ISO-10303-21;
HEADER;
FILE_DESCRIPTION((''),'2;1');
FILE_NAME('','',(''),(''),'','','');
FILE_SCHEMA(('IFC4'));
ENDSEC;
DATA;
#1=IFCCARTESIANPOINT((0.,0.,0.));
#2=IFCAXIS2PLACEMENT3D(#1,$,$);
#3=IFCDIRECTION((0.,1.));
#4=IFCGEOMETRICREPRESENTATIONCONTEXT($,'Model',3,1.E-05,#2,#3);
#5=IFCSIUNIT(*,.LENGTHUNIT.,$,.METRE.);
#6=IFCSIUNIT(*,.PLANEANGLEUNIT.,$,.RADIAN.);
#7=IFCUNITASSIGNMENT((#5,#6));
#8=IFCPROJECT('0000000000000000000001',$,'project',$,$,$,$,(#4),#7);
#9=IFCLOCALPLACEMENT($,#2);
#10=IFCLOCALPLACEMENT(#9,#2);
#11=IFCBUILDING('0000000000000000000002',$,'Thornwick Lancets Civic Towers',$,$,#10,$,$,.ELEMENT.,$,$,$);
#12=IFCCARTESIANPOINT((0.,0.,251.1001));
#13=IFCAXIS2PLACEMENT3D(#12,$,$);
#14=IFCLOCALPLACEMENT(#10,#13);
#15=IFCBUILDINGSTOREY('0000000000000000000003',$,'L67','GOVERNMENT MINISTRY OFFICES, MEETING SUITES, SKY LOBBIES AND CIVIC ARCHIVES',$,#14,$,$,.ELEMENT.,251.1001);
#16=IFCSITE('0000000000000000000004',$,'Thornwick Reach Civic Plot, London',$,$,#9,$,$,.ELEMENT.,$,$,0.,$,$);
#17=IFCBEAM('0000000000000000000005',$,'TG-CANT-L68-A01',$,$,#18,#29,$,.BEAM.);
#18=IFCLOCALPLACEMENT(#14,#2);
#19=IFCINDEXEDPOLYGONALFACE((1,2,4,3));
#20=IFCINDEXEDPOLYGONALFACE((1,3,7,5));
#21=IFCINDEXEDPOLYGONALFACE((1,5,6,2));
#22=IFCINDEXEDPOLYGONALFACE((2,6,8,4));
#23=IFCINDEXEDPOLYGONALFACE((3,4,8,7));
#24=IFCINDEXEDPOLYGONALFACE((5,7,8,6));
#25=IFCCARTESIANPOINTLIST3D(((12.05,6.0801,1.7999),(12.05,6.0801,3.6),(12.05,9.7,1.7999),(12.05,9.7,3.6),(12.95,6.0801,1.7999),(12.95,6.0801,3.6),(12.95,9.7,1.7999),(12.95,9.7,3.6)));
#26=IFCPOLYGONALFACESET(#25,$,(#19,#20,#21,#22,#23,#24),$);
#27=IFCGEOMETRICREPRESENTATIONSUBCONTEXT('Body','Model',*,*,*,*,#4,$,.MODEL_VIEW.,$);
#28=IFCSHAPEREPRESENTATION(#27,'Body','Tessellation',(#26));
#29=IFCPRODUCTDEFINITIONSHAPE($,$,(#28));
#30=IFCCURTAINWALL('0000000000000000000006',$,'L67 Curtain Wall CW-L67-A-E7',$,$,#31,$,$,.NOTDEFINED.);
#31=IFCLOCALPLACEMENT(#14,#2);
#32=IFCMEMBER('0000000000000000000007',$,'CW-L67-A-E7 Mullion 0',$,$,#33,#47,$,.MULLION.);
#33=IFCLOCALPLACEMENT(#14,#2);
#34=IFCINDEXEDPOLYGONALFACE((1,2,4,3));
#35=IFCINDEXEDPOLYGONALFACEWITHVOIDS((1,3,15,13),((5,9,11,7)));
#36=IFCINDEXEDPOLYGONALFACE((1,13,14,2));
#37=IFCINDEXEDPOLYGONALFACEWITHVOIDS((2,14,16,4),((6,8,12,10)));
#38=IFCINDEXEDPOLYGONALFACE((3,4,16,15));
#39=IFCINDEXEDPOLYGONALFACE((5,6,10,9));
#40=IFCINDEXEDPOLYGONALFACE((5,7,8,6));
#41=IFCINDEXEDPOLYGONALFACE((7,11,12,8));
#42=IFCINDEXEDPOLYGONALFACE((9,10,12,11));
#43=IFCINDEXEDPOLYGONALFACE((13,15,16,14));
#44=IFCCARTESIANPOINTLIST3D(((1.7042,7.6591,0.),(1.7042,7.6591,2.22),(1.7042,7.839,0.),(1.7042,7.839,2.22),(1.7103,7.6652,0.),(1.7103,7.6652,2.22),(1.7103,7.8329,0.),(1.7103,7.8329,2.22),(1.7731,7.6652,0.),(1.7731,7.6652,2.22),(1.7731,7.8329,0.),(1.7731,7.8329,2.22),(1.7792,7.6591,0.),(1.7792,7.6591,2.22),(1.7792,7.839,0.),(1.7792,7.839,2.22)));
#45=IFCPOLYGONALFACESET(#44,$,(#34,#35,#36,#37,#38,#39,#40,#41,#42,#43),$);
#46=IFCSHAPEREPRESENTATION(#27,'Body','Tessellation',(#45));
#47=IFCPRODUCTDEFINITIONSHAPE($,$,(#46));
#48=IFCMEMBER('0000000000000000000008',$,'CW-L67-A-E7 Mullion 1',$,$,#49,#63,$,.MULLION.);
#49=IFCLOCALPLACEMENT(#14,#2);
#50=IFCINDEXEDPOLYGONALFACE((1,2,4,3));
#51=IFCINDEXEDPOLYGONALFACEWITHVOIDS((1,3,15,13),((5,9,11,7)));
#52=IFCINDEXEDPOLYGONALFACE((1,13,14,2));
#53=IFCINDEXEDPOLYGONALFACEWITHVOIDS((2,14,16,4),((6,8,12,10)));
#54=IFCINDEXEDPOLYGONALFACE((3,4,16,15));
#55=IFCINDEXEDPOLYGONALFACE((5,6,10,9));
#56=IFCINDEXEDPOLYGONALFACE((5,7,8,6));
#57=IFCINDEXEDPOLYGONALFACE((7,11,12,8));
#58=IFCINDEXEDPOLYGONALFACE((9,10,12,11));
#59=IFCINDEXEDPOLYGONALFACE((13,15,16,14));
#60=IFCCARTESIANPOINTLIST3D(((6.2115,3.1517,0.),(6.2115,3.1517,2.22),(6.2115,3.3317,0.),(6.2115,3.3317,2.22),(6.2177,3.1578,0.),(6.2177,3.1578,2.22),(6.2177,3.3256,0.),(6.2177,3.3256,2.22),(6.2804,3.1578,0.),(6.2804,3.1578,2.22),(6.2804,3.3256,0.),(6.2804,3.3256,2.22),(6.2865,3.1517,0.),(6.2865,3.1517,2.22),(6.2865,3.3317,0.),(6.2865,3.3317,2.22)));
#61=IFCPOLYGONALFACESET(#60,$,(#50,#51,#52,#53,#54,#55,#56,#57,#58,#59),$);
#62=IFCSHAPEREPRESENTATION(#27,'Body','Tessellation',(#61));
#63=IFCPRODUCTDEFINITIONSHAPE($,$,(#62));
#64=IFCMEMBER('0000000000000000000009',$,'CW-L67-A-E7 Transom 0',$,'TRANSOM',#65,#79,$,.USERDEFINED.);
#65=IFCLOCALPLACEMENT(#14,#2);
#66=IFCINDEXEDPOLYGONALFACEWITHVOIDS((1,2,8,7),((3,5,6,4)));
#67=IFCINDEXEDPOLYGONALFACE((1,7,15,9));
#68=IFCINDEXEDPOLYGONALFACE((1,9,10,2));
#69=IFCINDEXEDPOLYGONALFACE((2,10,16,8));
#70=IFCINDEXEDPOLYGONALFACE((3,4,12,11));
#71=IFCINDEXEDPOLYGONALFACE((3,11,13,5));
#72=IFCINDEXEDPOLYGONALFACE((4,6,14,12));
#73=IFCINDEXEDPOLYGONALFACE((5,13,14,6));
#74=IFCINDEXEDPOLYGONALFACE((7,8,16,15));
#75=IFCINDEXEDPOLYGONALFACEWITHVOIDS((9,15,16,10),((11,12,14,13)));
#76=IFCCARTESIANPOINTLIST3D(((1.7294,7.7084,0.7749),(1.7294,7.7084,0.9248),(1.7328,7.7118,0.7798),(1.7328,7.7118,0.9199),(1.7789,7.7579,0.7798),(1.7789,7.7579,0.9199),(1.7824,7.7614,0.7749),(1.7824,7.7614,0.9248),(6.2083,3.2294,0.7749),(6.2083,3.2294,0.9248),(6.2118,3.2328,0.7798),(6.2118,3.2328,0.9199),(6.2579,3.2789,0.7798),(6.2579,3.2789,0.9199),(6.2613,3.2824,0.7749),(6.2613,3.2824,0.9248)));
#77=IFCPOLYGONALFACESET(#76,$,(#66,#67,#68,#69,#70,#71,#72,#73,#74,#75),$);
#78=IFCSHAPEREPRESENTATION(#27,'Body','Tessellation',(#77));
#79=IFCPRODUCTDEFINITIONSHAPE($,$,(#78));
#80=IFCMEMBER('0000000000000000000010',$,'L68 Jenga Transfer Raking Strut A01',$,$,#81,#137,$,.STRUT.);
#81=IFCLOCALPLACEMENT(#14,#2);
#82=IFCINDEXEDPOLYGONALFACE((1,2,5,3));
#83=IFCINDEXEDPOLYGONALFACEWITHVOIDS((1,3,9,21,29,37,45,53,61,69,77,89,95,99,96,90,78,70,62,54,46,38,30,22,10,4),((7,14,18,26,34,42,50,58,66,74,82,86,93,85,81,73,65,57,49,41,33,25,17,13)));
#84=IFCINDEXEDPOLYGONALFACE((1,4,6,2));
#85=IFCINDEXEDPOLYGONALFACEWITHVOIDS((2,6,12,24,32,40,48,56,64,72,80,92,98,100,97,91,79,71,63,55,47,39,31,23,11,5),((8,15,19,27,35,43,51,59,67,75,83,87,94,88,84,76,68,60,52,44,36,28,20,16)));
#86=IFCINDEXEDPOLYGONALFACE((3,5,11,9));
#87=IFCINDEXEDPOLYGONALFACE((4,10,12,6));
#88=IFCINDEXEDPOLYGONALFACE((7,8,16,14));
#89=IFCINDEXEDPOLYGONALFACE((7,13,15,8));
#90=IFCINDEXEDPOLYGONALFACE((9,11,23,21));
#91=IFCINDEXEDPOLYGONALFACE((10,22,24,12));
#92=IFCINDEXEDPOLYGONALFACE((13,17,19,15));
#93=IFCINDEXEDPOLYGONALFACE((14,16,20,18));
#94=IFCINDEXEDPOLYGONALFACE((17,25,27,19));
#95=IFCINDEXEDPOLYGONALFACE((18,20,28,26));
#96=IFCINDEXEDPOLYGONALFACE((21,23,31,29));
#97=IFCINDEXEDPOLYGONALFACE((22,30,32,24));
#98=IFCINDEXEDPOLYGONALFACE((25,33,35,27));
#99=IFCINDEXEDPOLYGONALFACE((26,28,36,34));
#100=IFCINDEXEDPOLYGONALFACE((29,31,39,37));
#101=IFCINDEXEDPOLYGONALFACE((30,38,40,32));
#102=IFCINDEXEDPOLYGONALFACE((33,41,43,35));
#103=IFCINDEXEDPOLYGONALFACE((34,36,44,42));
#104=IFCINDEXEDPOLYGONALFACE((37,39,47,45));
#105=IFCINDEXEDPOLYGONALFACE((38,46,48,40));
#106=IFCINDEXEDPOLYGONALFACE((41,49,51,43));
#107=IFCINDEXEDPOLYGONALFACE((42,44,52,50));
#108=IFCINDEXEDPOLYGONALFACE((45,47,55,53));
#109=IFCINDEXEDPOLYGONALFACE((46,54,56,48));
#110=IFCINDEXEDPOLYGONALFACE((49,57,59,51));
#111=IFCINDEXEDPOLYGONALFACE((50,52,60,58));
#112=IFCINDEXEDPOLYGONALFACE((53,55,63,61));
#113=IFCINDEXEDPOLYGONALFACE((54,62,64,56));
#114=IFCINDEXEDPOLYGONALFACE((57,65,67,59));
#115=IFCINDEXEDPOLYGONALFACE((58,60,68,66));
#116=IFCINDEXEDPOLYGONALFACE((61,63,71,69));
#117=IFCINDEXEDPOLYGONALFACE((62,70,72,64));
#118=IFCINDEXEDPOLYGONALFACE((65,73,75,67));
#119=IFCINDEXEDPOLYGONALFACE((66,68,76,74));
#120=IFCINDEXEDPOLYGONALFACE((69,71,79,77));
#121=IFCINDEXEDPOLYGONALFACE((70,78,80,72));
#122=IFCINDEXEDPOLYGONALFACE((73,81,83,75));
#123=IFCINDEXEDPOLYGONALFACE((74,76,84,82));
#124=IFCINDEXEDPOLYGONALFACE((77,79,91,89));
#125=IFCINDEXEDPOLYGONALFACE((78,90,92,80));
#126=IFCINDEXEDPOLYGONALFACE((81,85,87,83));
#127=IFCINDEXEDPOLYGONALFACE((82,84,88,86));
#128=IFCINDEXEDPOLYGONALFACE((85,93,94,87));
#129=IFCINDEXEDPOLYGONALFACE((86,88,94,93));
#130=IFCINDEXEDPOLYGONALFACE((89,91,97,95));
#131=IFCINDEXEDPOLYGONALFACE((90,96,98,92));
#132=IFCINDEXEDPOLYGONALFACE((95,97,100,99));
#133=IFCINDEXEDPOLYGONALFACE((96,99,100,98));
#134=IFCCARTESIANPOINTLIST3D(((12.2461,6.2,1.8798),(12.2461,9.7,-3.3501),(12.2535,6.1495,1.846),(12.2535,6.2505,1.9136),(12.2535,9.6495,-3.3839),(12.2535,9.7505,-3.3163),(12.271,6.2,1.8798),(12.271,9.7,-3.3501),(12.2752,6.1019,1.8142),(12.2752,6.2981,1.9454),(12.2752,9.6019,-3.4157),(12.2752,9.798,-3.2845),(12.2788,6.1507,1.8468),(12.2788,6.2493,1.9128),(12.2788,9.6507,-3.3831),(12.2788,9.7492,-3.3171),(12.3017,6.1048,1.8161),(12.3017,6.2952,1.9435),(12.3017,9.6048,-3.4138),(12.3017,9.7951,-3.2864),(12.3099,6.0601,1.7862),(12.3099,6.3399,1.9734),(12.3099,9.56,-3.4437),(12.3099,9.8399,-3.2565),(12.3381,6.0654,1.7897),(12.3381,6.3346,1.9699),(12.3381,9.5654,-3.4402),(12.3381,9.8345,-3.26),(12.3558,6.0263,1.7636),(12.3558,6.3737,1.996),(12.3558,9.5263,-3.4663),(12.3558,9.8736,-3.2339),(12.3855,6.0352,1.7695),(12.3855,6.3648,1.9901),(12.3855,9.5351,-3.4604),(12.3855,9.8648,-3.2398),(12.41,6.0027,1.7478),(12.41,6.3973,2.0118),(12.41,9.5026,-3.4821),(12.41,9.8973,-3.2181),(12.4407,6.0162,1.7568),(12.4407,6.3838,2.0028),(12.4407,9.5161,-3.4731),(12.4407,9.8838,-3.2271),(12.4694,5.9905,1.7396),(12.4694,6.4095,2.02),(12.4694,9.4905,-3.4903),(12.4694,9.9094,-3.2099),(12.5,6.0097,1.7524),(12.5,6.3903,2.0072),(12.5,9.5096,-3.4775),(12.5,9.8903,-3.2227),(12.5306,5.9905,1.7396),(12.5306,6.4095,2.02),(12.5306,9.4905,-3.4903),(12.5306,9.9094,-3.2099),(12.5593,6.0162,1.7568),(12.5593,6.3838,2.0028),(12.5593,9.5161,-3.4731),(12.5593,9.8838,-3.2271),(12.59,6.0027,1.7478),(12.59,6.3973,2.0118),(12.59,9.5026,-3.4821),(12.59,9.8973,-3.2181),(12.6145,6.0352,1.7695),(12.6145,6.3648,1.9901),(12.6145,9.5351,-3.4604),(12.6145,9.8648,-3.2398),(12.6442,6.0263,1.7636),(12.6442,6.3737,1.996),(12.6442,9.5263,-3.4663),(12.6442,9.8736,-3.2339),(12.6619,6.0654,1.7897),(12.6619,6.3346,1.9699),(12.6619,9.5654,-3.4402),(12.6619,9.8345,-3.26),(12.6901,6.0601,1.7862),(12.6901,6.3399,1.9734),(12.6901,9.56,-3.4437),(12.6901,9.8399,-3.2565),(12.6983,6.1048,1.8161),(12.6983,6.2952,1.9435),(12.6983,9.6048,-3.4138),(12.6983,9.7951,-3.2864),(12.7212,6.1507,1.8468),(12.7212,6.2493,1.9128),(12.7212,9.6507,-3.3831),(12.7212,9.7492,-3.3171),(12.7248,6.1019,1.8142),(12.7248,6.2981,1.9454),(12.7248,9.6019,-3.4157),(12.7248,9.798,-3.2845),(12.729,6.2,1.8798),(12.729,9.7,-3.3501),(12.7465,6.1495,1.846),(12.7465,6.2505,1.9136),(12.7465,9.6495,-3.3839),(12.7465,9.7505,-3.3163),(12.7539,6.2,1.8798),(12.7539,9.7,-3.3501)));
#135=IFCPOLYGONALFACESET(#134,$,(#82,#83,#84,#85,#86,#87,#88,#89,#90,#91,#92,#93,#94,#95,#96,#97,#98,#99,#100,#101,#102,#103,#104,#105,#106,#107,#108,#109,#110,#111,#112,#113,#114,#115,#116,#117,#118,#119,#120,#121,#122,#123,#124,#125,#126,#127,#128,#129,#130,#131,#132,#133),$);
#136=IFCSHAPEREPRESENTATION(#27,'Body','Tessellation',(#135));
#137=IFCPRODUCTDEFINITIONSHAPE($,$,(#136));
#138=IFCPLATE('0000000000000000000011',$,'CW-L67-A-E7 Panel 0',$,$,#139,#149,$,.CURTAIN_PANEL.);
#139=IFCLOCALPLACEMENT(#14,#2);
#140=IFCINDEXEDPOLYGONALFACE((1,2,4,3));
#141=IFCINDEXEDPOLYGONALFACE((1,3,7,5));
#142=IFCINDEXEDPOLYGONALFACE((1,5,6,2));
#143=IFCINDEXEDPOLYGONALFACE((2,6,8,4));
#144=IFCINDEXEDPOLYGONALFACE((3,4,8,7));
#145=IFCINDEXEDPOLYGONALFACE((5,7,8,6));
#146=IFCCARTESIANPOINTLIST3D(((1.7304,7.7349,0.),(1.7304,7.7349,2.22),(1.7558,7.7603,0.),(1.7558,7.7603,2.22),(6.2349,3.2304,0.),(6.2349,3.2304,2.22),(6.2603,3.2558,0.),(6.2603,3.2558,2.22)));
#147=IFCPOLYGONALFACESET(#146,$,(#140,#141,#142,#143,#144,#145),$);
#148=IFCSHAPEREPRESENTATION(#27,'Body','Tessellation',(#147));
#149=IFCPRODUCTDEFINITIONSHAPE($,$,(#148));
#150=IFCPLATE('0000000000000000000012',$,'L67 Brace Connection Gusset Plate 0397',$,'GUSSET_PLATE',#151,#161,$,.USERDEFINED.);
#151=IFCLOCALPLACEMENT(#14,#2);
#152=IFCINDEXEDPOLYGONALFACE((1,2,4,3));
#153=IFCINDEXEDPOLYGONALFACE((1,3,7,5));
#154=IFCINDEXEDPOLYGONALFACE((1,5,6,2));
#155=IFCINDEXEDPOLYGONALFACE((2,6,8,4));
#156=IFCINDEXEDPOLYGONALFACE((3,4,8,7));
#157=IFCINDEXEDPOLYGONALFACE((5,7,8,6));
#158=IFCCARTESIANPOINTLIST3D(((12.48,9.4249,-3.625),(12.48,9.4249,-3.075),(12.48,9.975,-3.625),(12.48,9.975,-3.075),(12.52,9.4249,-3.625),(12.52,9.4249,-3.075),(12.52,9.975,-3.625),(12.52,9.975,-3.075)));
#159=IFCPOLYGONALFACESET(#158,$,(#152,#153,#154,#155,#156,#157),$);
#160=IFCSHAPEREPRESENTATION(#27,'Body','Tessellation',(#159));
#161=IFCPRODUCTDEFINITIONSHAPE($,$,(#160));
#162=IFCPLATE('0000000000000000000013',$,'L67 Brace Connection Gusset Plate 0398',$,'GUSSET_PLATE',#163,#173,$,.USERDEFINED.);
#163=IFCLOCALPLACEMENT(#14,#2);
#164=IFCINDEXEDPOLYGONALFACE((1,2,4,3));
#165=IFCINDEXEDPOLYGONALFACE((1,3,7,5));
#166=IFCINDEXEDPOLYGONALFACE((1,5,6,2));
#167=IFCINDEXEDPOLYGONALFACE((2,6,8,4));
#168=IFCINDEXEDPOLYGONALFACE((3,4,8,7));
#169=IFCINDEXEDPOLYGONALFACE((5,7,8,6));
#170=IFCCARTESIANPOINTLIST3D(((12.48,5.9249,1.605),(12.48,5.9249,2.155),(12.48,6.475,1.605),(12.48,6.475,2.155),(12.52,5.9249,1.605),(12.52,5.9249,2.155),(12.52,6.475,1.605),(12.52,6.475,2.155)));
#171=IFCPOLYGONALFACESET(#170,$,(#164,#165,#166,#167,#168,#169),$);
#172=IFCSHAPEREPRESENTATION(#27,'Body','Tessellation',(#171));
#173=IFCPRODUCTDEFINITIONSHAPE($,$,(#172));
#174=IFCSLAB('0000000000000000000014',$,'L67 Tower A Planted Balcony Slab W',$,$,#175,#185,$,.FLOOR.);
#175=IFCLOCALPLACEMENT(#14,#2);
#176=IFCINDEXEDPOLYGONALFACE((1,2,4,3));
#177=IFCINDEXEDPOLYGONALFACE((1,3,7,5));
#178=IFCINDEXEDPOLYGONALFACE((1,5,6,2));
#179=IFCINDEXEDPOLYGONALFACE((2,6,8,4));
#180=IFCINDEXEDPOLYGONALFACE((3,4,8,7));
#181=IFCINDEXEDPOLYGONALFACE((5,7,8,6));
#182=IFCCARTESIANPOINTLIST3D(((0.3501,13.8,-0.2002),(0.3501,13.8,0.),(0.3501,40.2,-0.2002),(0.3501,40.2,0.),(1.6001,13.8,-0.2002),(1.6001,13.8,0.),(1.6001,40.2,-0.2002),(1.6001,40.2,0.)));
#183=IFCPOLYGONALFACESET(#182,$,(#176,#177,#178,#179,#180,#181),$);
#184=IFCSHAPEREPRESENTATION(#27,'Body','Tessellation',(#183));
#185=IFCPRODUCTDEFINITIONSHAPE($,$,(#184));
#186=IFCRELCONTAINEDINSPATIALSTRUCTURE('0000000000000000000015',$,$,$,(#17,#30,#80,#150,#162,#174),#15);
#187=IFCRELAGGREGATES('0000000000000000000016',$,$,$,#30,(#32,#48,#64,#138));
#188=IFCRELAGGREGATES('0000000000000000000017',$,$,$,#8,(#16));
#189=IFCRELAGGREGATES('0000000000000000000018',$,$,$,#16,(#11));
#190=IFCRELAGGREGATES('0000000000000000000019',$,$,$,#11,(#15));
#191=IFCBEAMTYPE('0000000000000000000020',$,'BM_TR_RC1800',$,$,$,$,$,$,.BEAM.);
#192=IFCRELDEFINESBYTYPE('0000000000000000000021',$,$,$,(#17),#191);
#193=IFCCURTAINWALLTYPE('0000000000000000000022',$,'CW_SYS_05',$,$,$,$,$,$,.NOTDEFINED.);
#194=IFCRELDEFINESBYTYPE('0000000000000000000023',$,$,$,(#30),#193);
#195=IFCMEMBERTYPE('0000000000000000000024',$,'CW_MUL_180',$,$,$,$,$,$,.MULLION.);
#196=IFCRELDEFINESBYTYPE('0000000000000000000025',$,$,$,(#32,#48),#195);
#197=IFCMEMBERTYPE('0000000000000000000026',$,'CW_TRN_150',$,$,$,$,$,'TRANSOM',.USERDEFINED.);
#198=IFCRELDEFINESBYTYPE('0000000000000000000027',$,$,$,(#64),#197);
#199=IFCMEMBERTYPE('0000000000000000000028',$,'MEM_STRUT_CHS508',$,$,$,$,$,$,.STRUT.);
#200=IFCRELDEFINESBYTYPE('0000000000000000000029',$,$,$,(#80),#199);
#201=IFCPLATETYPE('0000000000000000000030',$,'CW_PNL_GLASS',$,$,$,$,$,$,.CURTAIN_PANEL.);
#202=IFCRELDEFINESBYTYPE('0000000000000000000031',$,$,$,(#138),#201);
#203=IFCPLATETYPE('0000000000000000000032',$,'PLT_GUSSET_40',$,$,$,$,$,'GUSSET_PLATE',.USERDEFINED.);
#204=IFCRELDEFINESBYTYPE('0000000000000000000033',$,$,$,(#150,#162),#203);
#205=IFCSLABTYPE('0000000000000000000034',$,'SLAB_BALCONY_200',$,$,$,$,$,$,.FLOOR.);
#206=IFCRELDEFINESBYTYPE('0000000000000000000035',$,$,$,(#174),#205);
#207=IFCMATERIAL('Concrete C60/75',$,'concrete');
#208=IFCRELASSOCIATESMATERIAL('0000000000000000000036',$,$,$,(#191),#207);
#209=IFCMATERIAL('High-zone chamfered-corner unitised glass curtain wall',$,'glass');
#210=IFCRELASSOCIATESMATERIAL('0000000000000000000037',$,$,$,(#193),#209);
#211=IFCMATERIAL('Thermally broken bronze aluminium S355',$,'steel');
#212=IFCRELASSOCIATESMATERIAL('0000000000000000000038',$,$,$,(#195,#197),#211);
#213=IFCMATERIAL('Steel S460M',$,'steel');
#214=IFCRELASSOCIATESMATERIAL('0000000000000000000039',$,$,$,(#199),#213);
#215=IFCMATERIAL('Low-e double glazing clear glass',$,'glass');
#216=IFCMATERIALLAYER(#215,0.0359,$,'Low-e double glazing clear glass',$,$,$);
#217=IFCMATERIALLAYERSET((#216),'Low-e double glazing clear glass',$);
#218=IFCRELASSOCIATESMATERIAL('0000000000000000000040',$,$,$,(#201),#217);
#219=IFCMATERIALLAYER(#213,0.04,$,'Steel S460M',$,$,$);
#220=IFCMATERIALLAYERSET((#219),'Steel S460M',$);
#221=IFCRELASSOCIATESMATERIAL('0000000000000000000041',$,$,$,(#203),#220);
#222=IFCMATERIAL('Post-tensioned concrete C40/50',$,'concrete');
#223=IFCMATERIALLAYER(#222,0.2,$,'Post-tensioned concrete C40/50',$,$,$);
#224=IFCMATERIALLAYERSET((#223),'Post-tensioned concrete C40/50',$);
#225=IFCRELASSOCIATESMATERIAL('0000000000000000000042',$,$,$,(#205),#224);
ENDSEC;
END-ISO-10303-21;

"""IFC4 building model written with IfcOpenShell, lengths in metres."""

from ifc_helpers import new_model, si_unit, direction, frame, origin, origin_2d, place, context, subcontext, project, spatial, polyline, rectangle, hollow_rectangle, hollow_circle, outline, extrude, material, layer, layer_set, material_profile, profile_set, type_object, element, aggregate, save


model = new_model("IFC4")

# Units and contexts
model_context = context("Model", 3, precision=1e-05, world=origin(), true_north=direction((0.0, 1.0)))
body_context = subcontext(model_context, "Body", "Model", "MODEL_VIEW")
ifc_project = project(units=[si_unit("LENGTHUNIT", "METRE"), si_unit("PLANEANGLEUNIT", "RADIAN")], contexts=[model_context])

# Site, building, storey
site_placement = place(None, origin())
site = spatial("IfcSite", under=ifc_project, at=site_placement, Name="Thornwick Reach Civic Plot, London", CompositionType="ELEMENT", RefElevation=0.0)
building_placement = place(site_placement, origin())
building = spatial("IfcBuilding", under=site, at=building_placement, Name="Thornwick Lancets Civic Towers", CompositionType="ELEMENT")
storey_placement = place(building_placement, frame((0.0, 0.0, 251.1001)))
storey = spatial("IfcBuildingStorey", under=building, at=storey_placement, Name="L67", Description="GOVERNMENT MINISTRY OFFICES, MEETING SUITES, SKY LOBBIES AND CIVIC ARCHIVES", CompositionType="ELEMENT", Elevation=251.1001)

# Beam
ifc_material_1 = material(Name="Concrete C60/75", Category="concrete")
ifc_material_profile_1 = material_profile(ifc_material_1, rectangle(XDim=0.8999, YDim=1.8, at=origin_2d()), Name="RC 900x1800")
ifc_profile_set_1 = profile_set([ifc_material_profile_1], Name="Concrete C60/75")
beam_type_1 = type_object("IfcBeamType", Name="BM_TR_RC1800", PredefinedType="BEAM", material=ifc_profile_set_1)
beam_1_placement = place(storey_placement, frame((12.5, 9.7, 2.7), z_axis=(0.0, -1.0, 0.0), x_axis=(1.0, 0.0, 0.0)))
element("IfcBeam", 1, at=beam_1_placement, inside=storey, type_object=beam_type_1, Name="TG-CANT-L68-A01", PredefinedType="BEAM", context=body_context, shape_type="SweptSolid", body=[
    extrude(rectangle(XDim=0.8999, YDim=1.8, at=origin_2d()), origin(), (0.0, 0.0, 1.0), 3.6199),
])

# Curtain wall, members
ifc_material_2 = material(Name="High-zone chamfered-corner unitised glass curtain wall", Category="glass")
curtain_wall_type = type_object("IfcCurtainWallType", Name="CW_SYS_05", PredefinedType="NOTDEFINED", material=ifc_material_2)
curtain_wall_placement = place(storey_placement, origin())
curtain_wall = element("IfcCurtainWall", 2, at=curtain_wall_placement, inside=storey, type_object=curtain_wall_type, Name="L67 Curtain Wall CW-L67-A-E7", PredefinedType="NOTDEFINED")
ifc_material_3 = material(Name="Thermally broken bronze aluminium S355", Category="steel")
ifc_material_profile_2 = material_profile(ifc_material_3, hollow_rectangle(XDim=0.075, YDim=0.1799, WallThickness=0.0061, at=origin_2d()), Name="RHS 180x75x6")
ifc_profile_set_2 = profile_set([ifc_material_profile_2], Name="Thermally broken bronze aluminium S355")
member_type_1 = type_object("IfcMemberType", Name="CW_MUL_180", PredefinedType="MULLION", material=ifc_profile_set_2)
member_1_placement = place(storey_placement, frame((1.7417, 7.749, 0.0), z_axis=(0.0, 0.0, 1.0), x_axis=(1.0, 0.0, 0.0)))
member_1 = element("IfcMember", 3, at=member_1_placement, type_object=member_type_1, Name="CW-L67-A-E7 Mullion 0", PredefinedType="MULLION", context=body_context, shape_type="SweptSolid", body=[
    extrude(hollow_rectangle(XDim=0.075, YDim=0.1799, WallThickness=0.0061, at=origin_2d()), origin(), (0.0, 0.0, 1.0), 2.22),
])
member_2_placement = place(storey_placement, frame((6.249, 3.2417, 0.0), z_axis=(0.0, 0.0, 1.0), x_axis=(1.0, 0.0, 0.0)))
member_2 = element("IfcMember", 4, at=member_2_placement, type_object=member_type_1, Name="CW-L67-A-E7 Mullion 1", PredefinedType="MULLION", context=body_context, shape_type="SweptSolid", body=[
    extrude(hollow_rectangle(XDim=0.075, YDim=0.1799, WallThickness=0.0061, at=origin_2d()), origin(), (0.0, 0.0, 1.0), 2.22),
])
ifc_material_profile_3 = material_profile(ifc_material_3, hollow_rectangle(XDim=0.075, YDim=0.1499, WallThickness=0.0049, at=origin_2d()), Name="RHS 150x75x5")
ifc_profile_set_3 = profile_set([ifc_material_profile_3], Name="Thermally broken bronze aluminium S355")
member_type_2 = type_object("IfcMemberType", Name="CW_TRN_150", ElementType="TRANSOM", PredefinedType="USERDEFINED", material=ifc_profile_set_3)
member_3_placement = place(storey_placement, frame((1.7559, 7.7349, 0.8499), z_axis=(0.707107, -0.707107, 0.0), x_axis=(0.707107, 0.707107, 0.0)))
member_3 = element("IfcMember", 5, at=member_3_placement, type_object=member_type_2, Name="CW-L67-A-E7 Transom 0", ObjectType="TRANSOM", PredefinedType="USERDEFINED", context=body_context, shape_type="SweptSolid", body=[
    extrude(hollow_rectangle(XDim=0.075, YDim=0.1499, WallThickness=0.0049, at=origin_2d()), origin(), (0.0, 0.0, 1.0), 6.3342),
])

# Member
ifc_material_4 = material(Name="Steel S460M", Category="steel")
ifc_material_profile_4 = material_profile(ifc_material_4, hollow_circle(Radius=0.2539, WallThickness=0.0249, at=origin_2d()), Name="CHS 508x25")
ifc_profile_set_4 = profile_set([ifc_material_profile_4], Name="Steel S460M")
member_type_3 = type_object("IfcMemberType", Name="MEM_STRUT_CHS508", PredefinedType="STRUT", material=ifc_profile_set_4)
member_4_placement = place(storey_placement, frame((12.5, 9.7, -3.3501), z_axis=(0.0, -0.556168, 0.83107), x_axis=(1.0, 0.0, 0.0)))
element("IfcMember", 6, at=member_4_placement, inside=storey, type_object=member_type_3, Name="L68 Jenga Transfer Raking Strut A01", PredefinedType="STRUT", context=body_context, shape_type="SweptSolid", body=[
    extrude(hollow_circle(Radius=0.2539, WallThickness=0.0249, at=origin_2d()), origin(), (0.0, 0.0, 1.0), 6.293),
])

# Plate
ifc_material_5 = material(Name="Low-e double glazing clear glass", Category="glass")
ifc_layer_1 = layer(ifc_material_5, 0.0359, Name="Low-e double glazing clear glass")
ifc_layer_set_1 = layer_set([ifc_layer_1], Name="Low-e double glazing clear glass")
plate_type_1 = type_object("IfcPlateType", Name="CW_PNL_GLASS", PredefinedType="CURTAIN_PANEL", material=ifc_layer_set_1)
plate_placement = place(storey_placement, frame((3.9954, 5.4954, 0.0), z_axis=(0.0, 0.0, 1.0), x_axis=(0.707107, -0.707107, 0.0)))
plate = element("IfcPlate", 7, at=plate_placement, type_object=plate_type_1, Name="CW-L67-A-E7 Panel 0", PredefinedType="CURTAIN_PANEL", context=body_context, shape_type="SweptSolid", body=[
    extrude(rectangle(XDim=6.3704, YDim=0.0359, at=origin_2d()), origin(), (0.0, 0.0, 1.0), 2.22),
])
aggregate(curtain_wall, [member_1, member_2, member_3, plate])

# Plates
ifc_layer_2 = layer(ifc_material_4, 0.04, Name="Steel S460M")
ifc_layer_set_2 = layer_set([ifc_layer_2], Name="Steel S460M")
plate_type_2 = type_object("IfcPlateType", Name="PLT_GUSSET_40", ElementType="GUSSET_PLATE", PredefinedType="USERDEFINED", material=ifc_layer_set_2)
for number, where, z_axis, x_axis, name in (
    (8, (12.5, 9.7, -3.625), (0.0, 0.0, 1.0), (0.0, -1.0, 0.0), "L67 Brace Connection Gusset Plate 0397"),
    (9, (12.5, 6.2, 1.605), (0.0, 0.0, 1.0), (0.0, -1.0, 0.0), "L67 Brace Connection Gusset Plate 0398"),
):
    element("IfcPlate", number, at=place(storey_placement, frame(where, z_axis=z_axis, x_axis=x_axis)), inside=storey, type_object=plate_type_2, Name=name, ObjectType="GUSSET_PLATE", PredefinedType="USERDEFINED", context=body_context, shape_type="SweptSolid", body=[
        extrude(rectangle(XDim=0.55, YDim=0.04, at=origin_2d()), origin(), (0.0, 0.0, 1.0), 0.55),
    ])

# Slab
ifc_material_6 = material(Name="Post-tensioned concrete C40/50", Category="concrete")
ifc_layer_3 = layer(ifc_material_6, 0.2, Name="Post-tensioned concrete C40/50")
ifc_layer_set_3 = layer_set([ifc_layer_3], Name="Post-tensioned concrete C40/50")
slab_type_1 = type_object("IfcSlabType", Name="SLAB_BALCONY_200", PredefinedType="FLOOR", material=ifc_layer_set_3)
slab_1_placement = place(storey_placement, frame((0.0, 0.0, -0.2002)))
element("IfcSlab", 10, at=slab_1_placement, inside=storey, type_object=slab_type_1, Name="L67 Tower A Planted Balcony Slab W", PredefinedType="FLOOR", context=body_context, shape_type="SweptSolid", body=[
    extrude(outline(polyline([(0.3501, 13.8), (1.6001, 13.8), (1.6001, 40.2), (0.3501, 40.2), (0.3501, 13.8)])), origin(), (0.0, 0.0, 1.0), 0.2002),
])

save(model, "model.ifc")
